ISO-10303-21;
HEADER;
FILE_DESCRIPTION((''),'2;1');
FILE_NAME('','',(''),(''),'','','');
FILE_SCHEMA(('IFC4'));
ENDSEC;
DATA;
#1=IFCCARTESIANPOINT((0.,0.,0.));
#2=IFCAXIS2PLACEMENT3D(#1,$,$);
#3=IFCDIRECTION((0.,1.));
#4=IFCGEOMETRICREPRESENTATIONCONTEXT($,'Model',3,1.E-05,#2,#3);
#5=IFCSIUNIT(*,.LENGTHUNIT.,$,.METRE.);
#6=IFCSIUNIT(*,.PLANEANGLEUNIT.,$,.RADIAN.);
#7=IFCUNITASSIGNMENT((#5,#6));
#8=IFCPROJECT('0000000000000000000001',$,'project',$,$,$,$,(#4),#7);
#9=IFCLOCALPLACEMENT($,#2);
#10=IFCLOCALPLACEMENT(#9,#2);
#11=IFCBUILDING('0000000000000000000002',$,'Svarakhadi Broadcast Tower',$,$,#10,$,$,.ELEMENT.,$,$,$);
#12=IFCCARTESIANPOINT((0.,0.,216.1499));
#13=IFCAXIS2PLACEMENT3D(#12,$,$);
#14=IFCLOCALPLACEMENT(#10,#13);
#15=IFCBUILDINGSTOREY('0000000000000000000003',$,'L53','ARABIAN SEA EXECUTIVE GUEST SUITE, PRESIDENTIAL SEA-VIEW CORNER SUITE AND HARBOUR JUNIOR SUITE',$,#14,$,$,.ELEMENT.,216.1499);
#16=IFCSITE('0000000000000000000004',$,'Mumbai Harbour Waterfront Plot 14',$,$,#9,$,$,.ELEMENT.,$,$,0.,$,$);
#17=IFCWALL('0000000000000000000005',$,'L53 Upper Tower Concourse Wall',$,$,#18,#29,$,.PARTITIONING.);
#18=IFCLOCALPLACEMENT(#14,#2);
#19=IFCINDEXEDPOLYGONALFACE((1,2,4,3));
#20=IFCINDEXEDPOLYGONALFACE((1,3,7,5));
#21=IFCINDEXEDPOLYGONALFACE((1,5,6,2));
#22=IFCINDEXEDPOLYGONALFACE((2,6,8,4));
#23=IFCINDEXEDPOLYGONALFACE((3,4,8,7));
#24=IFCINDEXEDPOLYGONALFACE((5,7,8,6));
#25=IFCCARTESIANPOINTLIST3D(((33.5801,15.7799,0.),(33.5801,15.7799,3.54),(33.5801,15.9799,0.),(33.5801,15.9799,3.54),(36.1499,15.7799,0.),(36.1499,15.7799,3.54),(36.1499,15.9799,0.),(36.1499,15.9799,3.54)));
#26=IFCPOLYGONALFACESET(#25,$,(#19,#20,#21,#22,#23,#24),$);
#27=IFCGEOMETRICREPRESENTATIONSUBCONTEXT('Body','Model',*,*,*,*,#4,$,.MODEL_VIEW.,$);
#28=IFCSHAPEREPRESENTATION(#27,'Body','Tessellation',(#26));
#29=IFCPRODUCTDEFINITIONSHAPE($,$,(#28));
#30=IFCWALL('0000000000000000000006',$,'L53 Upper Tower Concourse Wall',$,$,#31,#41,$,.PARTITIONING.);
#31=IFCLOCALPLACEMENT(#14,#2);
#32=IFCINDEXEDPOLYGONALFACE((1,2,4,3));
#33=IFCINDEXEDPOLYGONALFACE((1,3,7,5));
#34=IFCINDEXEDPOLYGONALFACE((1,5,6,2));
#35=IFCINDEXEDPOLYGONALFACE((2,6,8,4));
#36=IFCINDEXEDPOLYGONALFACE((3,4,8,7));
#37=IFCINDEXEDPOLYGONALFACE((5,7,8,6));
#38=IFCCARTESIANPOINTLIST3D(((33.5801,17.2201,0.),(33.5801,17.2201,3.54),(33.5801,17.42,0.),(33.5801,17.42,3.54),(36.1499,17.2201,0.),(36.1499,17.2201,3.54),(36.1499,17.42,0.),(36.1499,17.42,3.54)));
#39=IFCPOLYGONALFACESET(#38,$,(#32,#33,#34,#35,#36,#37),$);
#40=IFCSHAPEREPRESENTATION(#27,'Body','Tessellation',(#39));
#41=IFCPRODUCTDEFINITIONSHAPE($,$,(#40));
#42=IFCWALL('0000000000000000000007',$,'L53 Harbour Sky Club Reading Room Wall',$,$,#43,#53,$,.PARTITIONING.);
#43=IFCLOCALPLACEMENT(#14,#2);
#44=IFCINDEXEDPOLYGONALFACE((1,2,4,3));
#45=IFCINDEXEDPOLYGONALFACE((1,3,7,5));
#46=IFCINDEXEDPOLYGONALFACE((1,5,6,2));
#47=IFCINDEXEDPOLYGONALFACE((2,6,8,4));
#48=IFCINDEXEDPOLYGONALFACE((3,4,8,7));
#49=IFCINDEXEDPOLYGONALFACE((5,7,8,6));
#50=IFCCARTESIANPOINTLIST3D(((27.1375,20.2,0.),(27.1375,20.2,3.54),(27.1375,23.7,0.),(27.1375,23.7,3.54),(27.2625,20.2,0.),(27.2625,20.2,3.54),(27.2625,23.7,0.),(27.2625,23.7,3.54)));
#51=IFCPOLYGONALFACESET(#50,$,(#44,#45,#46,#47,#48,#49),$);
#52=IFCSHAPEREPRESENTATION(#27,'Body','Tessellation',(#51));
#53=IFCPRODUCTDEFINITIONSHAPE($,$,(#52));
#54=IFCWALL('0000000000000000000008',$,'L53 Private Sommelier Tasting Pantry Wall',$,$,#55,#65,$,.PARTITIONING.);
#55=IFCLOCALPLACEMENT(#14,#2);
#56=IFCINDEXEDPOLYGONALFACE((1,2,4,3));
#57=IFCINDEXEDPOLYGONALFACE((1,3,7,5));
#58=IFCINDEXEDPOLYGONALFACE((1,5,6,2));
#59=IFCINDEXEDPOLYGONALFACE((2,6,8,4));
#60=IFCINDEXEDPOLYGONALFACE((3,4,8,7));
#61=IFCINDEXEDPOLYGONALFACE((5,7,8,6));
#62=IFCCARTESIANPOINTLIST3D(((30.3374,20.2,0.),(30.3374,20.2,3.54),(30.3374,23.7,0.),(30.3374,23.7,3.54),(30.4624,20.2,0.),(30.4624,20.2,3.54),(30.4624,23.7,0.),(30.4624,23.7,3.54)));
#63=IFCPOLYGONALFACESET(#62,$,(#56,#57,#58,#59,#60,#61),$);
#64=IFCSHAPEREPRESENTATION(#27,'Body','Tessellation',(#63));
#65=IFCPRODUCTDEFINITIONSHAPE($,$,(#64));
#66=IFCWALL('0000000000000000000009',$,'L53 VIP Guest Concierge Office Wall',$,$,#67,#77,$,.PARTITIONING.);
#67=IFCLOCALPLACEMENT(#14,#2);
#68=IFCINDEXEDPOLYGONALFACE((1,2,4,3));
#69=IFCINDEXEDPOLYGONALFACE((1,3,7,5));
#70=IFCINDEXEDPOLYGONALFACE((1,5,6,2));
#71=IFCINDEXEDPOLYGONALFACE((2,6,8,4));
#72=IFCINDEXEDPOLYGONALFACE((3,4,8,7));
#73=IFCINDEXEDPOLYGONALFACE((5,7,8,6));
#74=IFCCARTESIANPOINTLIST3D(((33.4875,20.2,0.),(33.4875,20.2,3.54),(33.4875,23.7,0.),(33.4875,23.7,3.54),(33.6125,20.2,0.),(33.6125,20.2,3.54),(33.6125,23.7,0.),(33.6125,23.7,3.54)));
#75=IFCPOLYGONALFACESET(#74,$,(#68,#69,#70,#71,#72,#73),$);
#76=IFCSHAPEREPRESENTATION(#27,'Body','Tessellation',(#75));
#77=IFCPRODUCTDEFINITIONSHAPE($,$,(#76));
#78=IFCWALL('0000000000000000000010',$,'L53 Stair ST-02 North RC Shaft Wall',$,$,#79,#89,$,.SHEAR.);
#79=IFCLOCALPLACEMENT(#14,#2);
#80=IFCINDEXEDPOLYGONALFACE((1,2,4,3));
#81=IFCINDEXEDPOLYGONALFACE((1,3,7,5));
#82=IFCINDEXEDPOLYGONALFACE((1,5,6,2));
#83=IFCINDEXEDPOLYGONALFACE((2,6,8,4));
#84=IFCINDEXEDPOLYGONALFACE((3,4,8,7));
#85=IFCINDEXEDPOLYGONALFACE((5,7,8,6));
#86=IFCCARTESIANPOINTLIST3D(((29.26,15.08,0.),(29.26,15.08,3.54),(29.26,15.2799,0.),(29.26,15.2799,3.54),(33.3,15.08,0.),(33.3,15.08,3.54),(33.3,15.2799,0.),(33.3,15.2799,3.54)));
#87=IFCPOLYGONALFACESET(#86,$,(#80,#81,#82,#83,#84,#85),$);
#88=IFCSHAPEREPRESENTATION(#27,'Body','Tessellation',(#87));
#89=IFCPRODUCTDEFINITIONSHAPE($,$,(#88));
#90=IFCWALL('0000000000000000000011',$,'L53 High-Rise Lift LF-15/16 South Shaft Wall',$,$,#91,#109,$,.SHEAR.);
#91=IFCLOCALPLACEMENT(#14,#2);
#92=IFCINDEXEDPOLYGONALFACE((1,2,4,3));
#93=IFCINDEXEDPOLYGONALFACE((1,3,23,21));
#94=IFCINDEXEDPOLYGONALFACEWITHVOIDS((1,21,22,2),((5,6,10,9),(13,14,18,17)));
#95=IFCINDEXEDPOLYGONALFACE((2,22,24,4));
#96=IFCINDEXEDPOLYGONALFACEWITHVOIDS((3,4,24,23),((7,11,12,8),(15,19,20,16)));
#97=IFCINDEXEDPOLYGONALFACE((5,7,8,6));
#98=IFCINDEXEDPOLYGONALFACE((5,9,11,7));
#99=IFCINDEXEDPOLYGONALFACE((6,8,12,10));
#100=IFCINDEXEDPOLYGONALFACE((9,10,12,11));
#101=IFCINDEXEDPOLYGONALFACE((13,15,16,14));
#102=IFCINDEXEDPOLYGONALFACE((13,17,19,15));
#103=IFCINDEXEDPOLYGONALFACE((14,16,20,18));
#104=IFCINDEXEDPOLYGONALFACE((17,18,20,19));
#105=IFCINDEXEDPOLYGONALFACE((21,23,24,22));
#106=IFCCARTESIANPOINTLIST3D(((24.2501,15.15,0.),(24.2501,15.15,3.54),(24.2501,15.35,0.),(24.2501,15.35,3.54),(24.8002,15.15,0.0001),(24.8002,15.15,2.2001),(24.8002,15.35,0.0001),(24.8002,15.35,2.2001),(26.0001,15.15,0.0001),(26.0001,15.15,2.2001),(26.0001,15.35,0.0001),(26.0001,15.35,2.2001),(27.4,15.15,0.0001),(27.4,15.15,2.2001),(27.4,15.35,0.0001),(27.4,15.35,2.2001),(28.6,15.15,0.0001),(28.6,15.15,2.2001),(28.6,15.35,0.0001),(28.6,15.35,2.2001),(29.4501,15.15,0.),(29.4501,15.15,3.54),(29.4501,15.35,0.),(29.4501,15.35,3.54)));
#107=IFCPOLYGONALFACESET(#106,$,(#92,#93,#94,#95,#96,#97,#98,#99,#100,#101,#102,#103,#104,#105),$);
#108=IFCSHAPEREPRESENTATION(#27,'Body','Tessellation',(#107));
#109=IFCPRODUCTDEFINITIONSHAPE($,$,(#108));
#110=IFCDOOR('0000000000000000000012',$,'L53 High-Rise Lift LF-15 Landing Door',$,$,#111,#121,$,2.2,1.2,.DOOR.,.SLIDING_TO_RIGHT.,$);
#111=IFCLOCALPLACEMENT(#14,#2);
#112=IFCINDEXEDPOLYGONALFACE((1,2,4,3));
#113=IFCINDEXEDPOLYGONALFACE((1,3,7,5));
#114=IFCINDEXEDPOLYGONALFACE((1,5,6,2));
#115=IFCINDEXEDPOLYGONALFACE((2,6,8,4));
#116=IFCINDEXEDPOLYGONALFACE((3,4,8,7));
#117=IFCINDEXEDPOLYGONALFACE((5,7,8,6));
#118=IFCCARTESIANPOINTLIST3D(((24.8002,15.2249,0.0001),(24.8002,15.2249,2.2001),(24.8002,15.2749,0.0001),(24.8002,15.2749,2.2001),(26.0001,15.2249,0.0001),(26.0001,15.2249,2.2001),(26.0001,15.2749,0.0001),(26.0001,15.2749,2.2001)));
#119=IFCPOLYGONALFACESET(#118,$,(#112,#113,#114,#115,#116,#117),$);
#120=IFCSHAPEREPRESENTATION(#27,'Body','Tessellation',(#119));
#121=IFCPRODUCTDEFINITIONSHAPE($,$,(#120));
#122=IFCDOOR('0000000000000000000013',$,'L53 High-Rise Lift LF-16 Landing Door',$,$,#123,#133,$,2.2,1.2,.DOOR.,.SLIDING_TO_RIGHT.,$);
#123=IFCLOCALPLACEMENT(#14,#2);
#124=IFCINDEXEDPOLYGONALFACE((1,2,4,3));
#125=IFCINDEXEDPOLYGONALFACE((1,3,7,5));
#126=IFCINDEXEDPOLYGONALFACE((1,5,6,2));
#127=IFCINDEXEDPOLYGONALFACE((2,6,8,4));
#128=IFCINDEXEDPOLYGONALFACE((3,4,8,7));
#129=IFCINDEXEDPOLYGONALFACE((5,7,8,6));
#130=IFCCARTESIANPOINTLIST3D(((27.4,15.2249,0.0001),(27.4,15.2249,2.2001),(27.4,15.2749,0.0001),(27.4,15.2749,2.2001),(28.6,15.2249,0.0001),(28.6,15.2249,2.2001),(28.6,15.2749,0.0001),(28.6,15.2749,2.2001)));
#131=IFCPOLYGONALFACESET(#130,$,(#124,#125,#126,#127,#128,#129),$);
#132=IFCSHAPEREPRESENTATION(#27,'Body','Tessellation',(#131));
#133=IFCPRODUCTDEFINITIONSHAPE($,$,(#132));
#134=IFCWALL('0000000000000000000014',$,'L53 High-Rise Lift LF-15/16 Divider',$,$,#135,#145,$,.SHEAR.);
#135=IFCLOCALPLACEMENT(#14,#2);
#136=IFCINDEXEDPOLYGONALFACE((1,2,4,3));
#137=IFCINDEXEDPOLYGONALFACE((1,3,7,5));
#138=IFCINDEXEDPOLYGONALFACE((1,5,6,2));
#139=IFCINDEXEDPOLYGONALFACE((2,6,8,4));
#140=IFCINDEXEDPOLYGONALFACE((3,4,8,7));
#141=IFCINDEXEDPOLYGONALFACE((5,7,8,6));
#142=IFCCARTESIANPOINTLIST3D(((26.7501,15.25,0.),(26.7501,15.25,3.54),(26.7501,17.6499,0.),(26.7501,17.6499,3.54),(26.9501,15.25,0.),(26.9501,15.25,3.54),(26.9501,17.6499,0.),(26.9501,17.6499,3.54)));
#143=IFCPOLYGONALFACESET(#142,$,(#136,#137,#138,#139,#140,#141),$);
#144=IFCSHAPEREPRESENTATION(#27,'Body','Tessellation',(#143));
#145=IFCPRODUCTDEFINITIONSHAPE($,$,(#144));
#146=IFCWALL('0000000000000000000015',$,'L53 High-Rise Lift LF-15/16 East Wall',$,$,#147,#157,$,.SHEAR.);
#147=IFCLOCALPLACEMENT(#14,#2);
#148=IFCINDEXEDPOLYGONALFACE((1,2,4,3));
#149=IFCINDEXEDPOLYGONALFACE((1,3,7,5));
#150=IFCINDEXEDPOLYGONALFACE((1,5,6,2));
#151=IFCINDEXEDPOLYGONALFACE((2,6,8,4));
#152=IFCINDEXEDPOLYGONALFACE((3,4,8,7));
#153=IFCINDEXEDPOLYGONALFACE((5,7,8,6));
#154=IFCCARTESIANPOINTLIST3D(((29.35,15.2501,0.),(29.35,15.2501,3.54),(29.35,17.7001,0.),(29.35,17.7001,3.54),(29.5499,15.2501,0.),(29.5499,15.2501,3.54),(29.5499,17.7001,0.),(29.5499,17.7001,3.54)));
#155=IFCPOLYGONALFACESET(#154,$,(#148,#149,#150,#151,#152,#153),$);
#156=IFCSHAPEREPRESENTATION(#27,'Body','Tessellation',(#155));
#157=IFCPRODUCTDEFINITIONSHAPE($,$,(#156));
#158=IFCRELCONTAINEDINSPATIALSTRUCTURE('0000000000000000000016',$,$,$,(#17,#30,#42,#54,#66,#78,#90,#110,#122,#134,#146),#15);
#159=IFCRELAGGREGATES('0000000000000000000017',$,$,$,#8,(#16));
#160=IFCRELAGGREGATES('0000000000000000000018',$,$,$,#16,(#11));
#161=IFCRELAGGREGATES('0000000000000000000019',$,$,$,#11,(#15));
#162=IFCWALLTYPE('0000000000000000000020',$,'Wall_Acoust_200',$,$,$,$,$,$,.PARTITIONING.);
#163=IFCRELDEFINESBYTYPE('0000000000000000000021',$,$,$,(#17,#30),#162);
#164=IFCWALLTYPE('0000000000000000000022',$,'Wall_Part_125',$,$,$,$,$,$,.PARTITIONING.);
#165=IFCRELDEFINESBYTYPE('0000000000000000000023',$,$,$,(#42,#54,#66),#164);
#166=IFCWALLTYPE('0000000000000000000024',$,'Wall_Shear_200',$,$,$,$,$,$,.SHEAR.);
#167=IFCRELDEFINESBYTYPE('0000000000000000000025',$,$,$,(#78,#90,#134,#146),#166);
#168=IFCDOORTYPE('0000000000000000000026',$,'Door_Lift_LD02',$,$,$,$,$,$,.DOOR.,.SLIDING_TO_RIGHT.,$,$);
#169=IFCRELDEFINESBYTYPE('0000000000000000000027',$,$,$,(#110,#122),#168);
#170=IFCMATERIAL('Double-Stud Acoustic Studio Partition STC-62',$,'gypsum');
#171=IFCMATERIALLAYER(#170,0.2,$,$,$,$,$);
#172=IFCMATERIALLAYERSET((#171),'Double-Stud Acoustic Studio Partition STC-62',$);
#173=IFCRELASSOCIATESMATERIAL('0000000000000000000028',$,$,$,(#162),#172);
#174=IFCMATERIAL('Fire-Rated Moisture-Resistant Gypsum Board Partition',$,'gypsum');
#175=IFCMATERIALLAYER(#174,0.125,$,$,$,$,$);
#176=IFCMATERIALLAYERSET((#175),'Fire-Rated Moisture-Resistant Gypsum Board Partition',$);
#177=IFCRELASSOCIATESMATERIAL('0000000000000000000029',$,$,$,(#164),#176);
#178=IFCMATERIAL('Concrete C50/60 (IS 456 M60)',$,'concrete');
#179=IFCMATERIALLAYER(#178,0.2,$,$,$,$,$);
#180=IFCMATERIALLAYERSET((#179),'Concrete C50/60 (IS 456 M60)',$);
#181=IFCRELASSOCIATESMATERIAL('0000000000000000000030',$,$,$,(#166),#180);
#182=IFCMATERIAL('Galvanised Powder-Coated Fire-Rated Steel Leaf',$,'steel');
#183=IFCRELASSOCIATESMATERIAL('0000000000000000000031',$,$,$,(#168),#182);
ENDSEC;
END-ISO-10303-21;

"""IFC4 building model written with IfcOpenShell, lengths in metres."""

from ifc_helpers import new_model, si_unit, direction, frame, frame_2d, origin, place, context, subcontext, project, spatial, rectangle, extrude, material, layer, layer_set, type_object, element, fill, save


model = new_model("IFC4")

# Units and contexts
model_context = context("Model", 3, precision=1e-05, world=origin(), true_north=direction((0.0, 1.0)))
body_context = subcontext(model_context, "Body", "Model", "MODEL_VIEW")
ifc_project = project(units=[si_unit("LENGTHUNIT", "METRE"), si_unit("PLANEANGLEUNIT", "RADIAN")], contexts=[model_context])

# Site, building, storey
site_placement = place(None, origin())
site = spatial("IfcSite", under=ifc_project, at=site_placement, Name="Mumbai Harbour Waterfront Plot 14", CompositionType="ELEMENT", RefElevation=0.0)
building_placement = place(site_placement, origin())
building = spatial("IfcBuilding", under=site, at=building_placement, Name="Svarakhadi Broadcast Tower", CompositionType="ELEMENT")
storey_placement = place(building_placement, frame((0.0, 0.0, 216.1499)))
storey = spatial("IfcBuildingStorey", under=building, at=storey_placement, Name="L53", Description="ARABIAN SEA EXECUTIVE GUEST SUITE, PRESIDENTIAL SEA-VIEW CORNER SUITE AND HARBOUR JUNIOR SUITE", CompositionType="ELEMENT", Elevation=216.1499)

# Shared definitions
ifc_material_1 = material(Name="Concrete C50/60 (IS 456 M60)", Category="concrete")

# Shared definitions
ifc_material_2 = material(Name="Double-Stud Acoustic Studio Partition STC-62", Category="gypsum")
ifc_layer_1 = layer(ifc_material_2, 0.2)
ifc_layer_set_1 = layer_set([ifc_layer_1], Name="Double-Stud Acoustic Studio Partition STC-62")
wall_type_1 = type_object("IfcWallType", Name="Wall_Acoust_200", PredefinedType="PARTITIONING", material=ifc_layer_set_1)

# Walls
for number, where, z_axis, x_axis, name in (
    (1, (36.1499, 15.8799, 0.0), (0.0, 0.0, 1.0), (-1.0, 0.0, 0.0), "L53 Upper Tower Concourse Wall"),
    (2, (33.5801, 17.3201, 0.0), (0.0, 0.0, 1.0), (1.0, 0.0, 0.0), "L53 Upper Tower Concourse Wall"),
):
    element("IfcWall", number, at=place(storey_placement, frame(where, z_axis=z_axis, x_axis=x_axis)), inside=storey, type_object=wall_type_1, Name=name, PredefinedType="PARTITIONING", context=body_context, shape_type="SweptSolid", body=[
        extrude(rectangle(XDim=2.5698, YDim=0.2, at=frame_2d((1.2849, 0.0))), origin(), (0.0, 0.0, 1.0), 3.54),
    ])
ifc_material_3 = material(Name="Fire-Rated Moisture-Resistant Gypsum Board Partition", Category="gypsum")
ifc_layer_2 = layer(ifc_material_3, 0.125)
ifc_layer_set_2 = layer_set([ifc_layer_2], Name="Fire-Rated Moisture-Resistant Gypsum Board Partition")
wall_type_2 = type_object("IfcWallType", Name="Wall_Part_125", PredefinedType="PARTITIONING", material=ifc_layer_set_2)
for number, where, z_axis, x_axis, name in (
    (3, (27.2, 20.2, 0.0), (0.0, 0.0, 1.0), (0.0, 1.0, 0.0), "L53 Harbour Sky Club Reading Room Wall"),
    (4, (30.3999, 20.2, 0.0), (0.0, 0.0, 1.0), (0.0, 1.0, 0.0), "L53 Private Sommelier Tasting Pantry Wall"),
    (5, (33.55, 20.2, 0.0), (0.0, 0.0, 1.0), (0.0, 1.0, 0.0), "L53 VIP Guest Concierge Office Wall"),
):
    element("IfcWall", number, at=place(storey_placement, frame(where, z_axis=z_axis, x_axis=x_axis)), inside=storey, type_object=wall_type_2, Name=name, PredefinedType="PARTITIONING", context=body_context, shape_type="SweptSolid", body=[
        extrude(rectangle(XDim=3.5, YDim=0.125, at=frame_2d((1.75, 0.0))), origin(), (0.0, 0.0, 1.0), 3.54),
    ])

# Shared definitions
ifc_material_4 = material(Name="Galvanised Powder-Coated Fire-Rated Steel Leaf", Category="steel")

# Wall
ifc_layer_3 = layer(ifc_material_1, 0.2)
ifc_layer_set_3 = layer_set([ifc_layer_3], Name="Concrete C50/60 (IS 456 M60)")
wall_type_3 = type_object("IfcWallType", Name="Wall_Shear_200", PredefinedType="SHEAR", material=ifc_layer_set_3)
wall_1_placement = place(storey_placement, frame((29.26, 15.1799, 0.0), z_axis=(0.0, 0.0, 1.0), x_axis=(1.0, 0.0, 0.0)))
element("IfcWall", 6, at=wall_1_placement, inside=storey, type_object=wall_type_3, Name="L53 Stair ST-02 North RC Shaft Wall", PredefinedType="SHEAR", context=body_context, shape_type="SweptSolid", body=[
    extrude(rectangle(XDim=4.04, YDim=0.2, at=frame_2d((2.02, 0.0))), origin(), (0.0, 0.0, 1.0), 3.54),
])

# Wall, openings, doors
wall_2_placement = place(storey_placement, frame((24.25, 15.25, 0.0), z_axis=(0.0, 0.0, 1.0), x_axis=(1.0, 0.0, 0.0)))
wall_2 = element("IfcWall", 7, at=wall_2_placement, inside=storey, type_object=wall_type_3, Name="L53 High-Rise Lift LF-15/16 South Shaft Wall", PredefinedType="SHEAR", context=body_context, shape_type="SweptSolid", body=[
    extrude(rectangle(XDim=5.2, YDim=0.2, at=frame_2d((2.6001, 0.0))), origin(), (0.0, 0.0, 1.0), 3.54),
])
opening_1_placement = place(wall_2_placement, frame((0.55, 0.0, 0.0)))
opening_1 = element("IfcOpeningElement", 8, at=opening_1_placement, cuts=wall_2, PredefinedType="OPENING", context=body_context, shape_type="SweptSolid", body=[
    extrude(rectangle(XDim=1.2, YDim=2.2, at=frame_2d((0.6001, 1.1001))), frame((0.0, 0.1099, 0.0), z_axis=(0.0, -1.0, 0.0), x_axis=(1.0, 0.0, 0.0)), (0.0, 0.0, 1.0), 0.22),
])
opening_2_placement = place(wall_2_placement, frame((3.1499, 0.0, 0.0)))
opening_2 = element("IfcOpeningElement", 9, at=opening_2_placement, cuts=wall_2, PredefinedType="OPENING", context=body_context, shape_type="SweptSolid", body=[
    extrude(rectangle(XDim=1.2, YDim=2.2, at=frame_2d((0.6001, 1.1001))), frame((0.0, 0.1099, 0.0), z_axis=(0.0, -1.0, 0.0), x_axis=(1.0, 0.0, 0.0)), (0.0, 0.0, 1.0), 0.22),
])
door_type_1 = type_object("IfcDoorType", Name="Door_Lift_LD02", OperationType="SLIDING_TO_RIGHT", PredefinedType="DOOR", material=ifc_material_4)
door_1_placement = place(opening_1_placement, origin())
door_1 = element("IfcDoor", 10, at=door_1_placement, inside=storey, type_object=door_type_1, Name="L53 High-Rise Lift LF-15 Landing Door", OperationType="SLIDING_TO_RIGHT", OverallHeight=2.2, OverallWidth=1.2, PredefinedType="DOOR", context=body_context, shape_type="SweptSolid", body=[
    extrude(rectangle(XDim=1.2, YDim=2.2, at=frame_2d((0.6001, 1.1001))), frame((0.0, 0.0249, 0.0), z_axis=(0.0, -1.0, 0.0), x_axis=(1.0, 0.0, 0.0)), (0.0, 0.0, 1.0), 0.05),
])
fill(opening_1, door_1)
door_2_placement = place(opening_2_placement, origin())
door_2 = element("IfcDoor", 11, at=door_2_placement, inside=storey, type_object=door_type_1, Name="L53 High-Rise Lift LF-16 Landing Door", OperationType="SLIDING_TO_RIGHT", OverallHeight=2.2, OverallWidth=1.2, PredefinedType="DOOR", context=body_context, shape_type="SweptSolid", body=[
    extrude(rectangle(XDim=1.2, YDim=2.2, at=frame_2d((0.6001, 1.1001))), frame((0.0, 0.0249, 0.0), z_axis=(0.0, -1.0, 0.0), x_axis=(1.0, 0.0, 0.0)), (0.0, 0.0, 1.0), 0.05),
])
fill(opening_2, door_2)

# Walls
wall_3_placement = place(storey_placement, frame((26.8501, 15.25, 0.0), z_axis=(0.0, 0.0, 1.0), x_axis=(0.0, 1.0, 0.0)))
element("IfcWall", 12, at=wall_3_placement, inside=storey, type_object=wall_type_3, Name="L53 High-Rise Lift LF-15/16 Divider", PredefinedType="SHEAR", context=body_context, shape_type="SweptSolid", body=[
    extrude(rectangle(XDim=2.3999, YDim=0.2, at=frame_2d((1.2, 0.0))), origin(), (0.0, 0.0, 1.0), 3.54),
])
wall_4_placement = place(storey_placement, frame((29.45, 15.25, 0.0), z_axis=(0.0, 0.0, 1.0), x_axis=(0.0, 1.0, 0.0)))
element("IfcWall", 13, at=wall_4_placement, inside=storey, type_object=wall_type_3, Name="L53 High-Rise Lift LF-15/16 East Wall", PredefinedType="SHEAR", context=body_context, shape_type="SweptSolid", body=[
    extrude(rectangle(XDim=2.45, YDim=0.2, at=frame_2d((1.2251, 0.0))), origin(), (0.0, 0.0, 1.0), 3.54),
])

save(model, "model.ifc")
